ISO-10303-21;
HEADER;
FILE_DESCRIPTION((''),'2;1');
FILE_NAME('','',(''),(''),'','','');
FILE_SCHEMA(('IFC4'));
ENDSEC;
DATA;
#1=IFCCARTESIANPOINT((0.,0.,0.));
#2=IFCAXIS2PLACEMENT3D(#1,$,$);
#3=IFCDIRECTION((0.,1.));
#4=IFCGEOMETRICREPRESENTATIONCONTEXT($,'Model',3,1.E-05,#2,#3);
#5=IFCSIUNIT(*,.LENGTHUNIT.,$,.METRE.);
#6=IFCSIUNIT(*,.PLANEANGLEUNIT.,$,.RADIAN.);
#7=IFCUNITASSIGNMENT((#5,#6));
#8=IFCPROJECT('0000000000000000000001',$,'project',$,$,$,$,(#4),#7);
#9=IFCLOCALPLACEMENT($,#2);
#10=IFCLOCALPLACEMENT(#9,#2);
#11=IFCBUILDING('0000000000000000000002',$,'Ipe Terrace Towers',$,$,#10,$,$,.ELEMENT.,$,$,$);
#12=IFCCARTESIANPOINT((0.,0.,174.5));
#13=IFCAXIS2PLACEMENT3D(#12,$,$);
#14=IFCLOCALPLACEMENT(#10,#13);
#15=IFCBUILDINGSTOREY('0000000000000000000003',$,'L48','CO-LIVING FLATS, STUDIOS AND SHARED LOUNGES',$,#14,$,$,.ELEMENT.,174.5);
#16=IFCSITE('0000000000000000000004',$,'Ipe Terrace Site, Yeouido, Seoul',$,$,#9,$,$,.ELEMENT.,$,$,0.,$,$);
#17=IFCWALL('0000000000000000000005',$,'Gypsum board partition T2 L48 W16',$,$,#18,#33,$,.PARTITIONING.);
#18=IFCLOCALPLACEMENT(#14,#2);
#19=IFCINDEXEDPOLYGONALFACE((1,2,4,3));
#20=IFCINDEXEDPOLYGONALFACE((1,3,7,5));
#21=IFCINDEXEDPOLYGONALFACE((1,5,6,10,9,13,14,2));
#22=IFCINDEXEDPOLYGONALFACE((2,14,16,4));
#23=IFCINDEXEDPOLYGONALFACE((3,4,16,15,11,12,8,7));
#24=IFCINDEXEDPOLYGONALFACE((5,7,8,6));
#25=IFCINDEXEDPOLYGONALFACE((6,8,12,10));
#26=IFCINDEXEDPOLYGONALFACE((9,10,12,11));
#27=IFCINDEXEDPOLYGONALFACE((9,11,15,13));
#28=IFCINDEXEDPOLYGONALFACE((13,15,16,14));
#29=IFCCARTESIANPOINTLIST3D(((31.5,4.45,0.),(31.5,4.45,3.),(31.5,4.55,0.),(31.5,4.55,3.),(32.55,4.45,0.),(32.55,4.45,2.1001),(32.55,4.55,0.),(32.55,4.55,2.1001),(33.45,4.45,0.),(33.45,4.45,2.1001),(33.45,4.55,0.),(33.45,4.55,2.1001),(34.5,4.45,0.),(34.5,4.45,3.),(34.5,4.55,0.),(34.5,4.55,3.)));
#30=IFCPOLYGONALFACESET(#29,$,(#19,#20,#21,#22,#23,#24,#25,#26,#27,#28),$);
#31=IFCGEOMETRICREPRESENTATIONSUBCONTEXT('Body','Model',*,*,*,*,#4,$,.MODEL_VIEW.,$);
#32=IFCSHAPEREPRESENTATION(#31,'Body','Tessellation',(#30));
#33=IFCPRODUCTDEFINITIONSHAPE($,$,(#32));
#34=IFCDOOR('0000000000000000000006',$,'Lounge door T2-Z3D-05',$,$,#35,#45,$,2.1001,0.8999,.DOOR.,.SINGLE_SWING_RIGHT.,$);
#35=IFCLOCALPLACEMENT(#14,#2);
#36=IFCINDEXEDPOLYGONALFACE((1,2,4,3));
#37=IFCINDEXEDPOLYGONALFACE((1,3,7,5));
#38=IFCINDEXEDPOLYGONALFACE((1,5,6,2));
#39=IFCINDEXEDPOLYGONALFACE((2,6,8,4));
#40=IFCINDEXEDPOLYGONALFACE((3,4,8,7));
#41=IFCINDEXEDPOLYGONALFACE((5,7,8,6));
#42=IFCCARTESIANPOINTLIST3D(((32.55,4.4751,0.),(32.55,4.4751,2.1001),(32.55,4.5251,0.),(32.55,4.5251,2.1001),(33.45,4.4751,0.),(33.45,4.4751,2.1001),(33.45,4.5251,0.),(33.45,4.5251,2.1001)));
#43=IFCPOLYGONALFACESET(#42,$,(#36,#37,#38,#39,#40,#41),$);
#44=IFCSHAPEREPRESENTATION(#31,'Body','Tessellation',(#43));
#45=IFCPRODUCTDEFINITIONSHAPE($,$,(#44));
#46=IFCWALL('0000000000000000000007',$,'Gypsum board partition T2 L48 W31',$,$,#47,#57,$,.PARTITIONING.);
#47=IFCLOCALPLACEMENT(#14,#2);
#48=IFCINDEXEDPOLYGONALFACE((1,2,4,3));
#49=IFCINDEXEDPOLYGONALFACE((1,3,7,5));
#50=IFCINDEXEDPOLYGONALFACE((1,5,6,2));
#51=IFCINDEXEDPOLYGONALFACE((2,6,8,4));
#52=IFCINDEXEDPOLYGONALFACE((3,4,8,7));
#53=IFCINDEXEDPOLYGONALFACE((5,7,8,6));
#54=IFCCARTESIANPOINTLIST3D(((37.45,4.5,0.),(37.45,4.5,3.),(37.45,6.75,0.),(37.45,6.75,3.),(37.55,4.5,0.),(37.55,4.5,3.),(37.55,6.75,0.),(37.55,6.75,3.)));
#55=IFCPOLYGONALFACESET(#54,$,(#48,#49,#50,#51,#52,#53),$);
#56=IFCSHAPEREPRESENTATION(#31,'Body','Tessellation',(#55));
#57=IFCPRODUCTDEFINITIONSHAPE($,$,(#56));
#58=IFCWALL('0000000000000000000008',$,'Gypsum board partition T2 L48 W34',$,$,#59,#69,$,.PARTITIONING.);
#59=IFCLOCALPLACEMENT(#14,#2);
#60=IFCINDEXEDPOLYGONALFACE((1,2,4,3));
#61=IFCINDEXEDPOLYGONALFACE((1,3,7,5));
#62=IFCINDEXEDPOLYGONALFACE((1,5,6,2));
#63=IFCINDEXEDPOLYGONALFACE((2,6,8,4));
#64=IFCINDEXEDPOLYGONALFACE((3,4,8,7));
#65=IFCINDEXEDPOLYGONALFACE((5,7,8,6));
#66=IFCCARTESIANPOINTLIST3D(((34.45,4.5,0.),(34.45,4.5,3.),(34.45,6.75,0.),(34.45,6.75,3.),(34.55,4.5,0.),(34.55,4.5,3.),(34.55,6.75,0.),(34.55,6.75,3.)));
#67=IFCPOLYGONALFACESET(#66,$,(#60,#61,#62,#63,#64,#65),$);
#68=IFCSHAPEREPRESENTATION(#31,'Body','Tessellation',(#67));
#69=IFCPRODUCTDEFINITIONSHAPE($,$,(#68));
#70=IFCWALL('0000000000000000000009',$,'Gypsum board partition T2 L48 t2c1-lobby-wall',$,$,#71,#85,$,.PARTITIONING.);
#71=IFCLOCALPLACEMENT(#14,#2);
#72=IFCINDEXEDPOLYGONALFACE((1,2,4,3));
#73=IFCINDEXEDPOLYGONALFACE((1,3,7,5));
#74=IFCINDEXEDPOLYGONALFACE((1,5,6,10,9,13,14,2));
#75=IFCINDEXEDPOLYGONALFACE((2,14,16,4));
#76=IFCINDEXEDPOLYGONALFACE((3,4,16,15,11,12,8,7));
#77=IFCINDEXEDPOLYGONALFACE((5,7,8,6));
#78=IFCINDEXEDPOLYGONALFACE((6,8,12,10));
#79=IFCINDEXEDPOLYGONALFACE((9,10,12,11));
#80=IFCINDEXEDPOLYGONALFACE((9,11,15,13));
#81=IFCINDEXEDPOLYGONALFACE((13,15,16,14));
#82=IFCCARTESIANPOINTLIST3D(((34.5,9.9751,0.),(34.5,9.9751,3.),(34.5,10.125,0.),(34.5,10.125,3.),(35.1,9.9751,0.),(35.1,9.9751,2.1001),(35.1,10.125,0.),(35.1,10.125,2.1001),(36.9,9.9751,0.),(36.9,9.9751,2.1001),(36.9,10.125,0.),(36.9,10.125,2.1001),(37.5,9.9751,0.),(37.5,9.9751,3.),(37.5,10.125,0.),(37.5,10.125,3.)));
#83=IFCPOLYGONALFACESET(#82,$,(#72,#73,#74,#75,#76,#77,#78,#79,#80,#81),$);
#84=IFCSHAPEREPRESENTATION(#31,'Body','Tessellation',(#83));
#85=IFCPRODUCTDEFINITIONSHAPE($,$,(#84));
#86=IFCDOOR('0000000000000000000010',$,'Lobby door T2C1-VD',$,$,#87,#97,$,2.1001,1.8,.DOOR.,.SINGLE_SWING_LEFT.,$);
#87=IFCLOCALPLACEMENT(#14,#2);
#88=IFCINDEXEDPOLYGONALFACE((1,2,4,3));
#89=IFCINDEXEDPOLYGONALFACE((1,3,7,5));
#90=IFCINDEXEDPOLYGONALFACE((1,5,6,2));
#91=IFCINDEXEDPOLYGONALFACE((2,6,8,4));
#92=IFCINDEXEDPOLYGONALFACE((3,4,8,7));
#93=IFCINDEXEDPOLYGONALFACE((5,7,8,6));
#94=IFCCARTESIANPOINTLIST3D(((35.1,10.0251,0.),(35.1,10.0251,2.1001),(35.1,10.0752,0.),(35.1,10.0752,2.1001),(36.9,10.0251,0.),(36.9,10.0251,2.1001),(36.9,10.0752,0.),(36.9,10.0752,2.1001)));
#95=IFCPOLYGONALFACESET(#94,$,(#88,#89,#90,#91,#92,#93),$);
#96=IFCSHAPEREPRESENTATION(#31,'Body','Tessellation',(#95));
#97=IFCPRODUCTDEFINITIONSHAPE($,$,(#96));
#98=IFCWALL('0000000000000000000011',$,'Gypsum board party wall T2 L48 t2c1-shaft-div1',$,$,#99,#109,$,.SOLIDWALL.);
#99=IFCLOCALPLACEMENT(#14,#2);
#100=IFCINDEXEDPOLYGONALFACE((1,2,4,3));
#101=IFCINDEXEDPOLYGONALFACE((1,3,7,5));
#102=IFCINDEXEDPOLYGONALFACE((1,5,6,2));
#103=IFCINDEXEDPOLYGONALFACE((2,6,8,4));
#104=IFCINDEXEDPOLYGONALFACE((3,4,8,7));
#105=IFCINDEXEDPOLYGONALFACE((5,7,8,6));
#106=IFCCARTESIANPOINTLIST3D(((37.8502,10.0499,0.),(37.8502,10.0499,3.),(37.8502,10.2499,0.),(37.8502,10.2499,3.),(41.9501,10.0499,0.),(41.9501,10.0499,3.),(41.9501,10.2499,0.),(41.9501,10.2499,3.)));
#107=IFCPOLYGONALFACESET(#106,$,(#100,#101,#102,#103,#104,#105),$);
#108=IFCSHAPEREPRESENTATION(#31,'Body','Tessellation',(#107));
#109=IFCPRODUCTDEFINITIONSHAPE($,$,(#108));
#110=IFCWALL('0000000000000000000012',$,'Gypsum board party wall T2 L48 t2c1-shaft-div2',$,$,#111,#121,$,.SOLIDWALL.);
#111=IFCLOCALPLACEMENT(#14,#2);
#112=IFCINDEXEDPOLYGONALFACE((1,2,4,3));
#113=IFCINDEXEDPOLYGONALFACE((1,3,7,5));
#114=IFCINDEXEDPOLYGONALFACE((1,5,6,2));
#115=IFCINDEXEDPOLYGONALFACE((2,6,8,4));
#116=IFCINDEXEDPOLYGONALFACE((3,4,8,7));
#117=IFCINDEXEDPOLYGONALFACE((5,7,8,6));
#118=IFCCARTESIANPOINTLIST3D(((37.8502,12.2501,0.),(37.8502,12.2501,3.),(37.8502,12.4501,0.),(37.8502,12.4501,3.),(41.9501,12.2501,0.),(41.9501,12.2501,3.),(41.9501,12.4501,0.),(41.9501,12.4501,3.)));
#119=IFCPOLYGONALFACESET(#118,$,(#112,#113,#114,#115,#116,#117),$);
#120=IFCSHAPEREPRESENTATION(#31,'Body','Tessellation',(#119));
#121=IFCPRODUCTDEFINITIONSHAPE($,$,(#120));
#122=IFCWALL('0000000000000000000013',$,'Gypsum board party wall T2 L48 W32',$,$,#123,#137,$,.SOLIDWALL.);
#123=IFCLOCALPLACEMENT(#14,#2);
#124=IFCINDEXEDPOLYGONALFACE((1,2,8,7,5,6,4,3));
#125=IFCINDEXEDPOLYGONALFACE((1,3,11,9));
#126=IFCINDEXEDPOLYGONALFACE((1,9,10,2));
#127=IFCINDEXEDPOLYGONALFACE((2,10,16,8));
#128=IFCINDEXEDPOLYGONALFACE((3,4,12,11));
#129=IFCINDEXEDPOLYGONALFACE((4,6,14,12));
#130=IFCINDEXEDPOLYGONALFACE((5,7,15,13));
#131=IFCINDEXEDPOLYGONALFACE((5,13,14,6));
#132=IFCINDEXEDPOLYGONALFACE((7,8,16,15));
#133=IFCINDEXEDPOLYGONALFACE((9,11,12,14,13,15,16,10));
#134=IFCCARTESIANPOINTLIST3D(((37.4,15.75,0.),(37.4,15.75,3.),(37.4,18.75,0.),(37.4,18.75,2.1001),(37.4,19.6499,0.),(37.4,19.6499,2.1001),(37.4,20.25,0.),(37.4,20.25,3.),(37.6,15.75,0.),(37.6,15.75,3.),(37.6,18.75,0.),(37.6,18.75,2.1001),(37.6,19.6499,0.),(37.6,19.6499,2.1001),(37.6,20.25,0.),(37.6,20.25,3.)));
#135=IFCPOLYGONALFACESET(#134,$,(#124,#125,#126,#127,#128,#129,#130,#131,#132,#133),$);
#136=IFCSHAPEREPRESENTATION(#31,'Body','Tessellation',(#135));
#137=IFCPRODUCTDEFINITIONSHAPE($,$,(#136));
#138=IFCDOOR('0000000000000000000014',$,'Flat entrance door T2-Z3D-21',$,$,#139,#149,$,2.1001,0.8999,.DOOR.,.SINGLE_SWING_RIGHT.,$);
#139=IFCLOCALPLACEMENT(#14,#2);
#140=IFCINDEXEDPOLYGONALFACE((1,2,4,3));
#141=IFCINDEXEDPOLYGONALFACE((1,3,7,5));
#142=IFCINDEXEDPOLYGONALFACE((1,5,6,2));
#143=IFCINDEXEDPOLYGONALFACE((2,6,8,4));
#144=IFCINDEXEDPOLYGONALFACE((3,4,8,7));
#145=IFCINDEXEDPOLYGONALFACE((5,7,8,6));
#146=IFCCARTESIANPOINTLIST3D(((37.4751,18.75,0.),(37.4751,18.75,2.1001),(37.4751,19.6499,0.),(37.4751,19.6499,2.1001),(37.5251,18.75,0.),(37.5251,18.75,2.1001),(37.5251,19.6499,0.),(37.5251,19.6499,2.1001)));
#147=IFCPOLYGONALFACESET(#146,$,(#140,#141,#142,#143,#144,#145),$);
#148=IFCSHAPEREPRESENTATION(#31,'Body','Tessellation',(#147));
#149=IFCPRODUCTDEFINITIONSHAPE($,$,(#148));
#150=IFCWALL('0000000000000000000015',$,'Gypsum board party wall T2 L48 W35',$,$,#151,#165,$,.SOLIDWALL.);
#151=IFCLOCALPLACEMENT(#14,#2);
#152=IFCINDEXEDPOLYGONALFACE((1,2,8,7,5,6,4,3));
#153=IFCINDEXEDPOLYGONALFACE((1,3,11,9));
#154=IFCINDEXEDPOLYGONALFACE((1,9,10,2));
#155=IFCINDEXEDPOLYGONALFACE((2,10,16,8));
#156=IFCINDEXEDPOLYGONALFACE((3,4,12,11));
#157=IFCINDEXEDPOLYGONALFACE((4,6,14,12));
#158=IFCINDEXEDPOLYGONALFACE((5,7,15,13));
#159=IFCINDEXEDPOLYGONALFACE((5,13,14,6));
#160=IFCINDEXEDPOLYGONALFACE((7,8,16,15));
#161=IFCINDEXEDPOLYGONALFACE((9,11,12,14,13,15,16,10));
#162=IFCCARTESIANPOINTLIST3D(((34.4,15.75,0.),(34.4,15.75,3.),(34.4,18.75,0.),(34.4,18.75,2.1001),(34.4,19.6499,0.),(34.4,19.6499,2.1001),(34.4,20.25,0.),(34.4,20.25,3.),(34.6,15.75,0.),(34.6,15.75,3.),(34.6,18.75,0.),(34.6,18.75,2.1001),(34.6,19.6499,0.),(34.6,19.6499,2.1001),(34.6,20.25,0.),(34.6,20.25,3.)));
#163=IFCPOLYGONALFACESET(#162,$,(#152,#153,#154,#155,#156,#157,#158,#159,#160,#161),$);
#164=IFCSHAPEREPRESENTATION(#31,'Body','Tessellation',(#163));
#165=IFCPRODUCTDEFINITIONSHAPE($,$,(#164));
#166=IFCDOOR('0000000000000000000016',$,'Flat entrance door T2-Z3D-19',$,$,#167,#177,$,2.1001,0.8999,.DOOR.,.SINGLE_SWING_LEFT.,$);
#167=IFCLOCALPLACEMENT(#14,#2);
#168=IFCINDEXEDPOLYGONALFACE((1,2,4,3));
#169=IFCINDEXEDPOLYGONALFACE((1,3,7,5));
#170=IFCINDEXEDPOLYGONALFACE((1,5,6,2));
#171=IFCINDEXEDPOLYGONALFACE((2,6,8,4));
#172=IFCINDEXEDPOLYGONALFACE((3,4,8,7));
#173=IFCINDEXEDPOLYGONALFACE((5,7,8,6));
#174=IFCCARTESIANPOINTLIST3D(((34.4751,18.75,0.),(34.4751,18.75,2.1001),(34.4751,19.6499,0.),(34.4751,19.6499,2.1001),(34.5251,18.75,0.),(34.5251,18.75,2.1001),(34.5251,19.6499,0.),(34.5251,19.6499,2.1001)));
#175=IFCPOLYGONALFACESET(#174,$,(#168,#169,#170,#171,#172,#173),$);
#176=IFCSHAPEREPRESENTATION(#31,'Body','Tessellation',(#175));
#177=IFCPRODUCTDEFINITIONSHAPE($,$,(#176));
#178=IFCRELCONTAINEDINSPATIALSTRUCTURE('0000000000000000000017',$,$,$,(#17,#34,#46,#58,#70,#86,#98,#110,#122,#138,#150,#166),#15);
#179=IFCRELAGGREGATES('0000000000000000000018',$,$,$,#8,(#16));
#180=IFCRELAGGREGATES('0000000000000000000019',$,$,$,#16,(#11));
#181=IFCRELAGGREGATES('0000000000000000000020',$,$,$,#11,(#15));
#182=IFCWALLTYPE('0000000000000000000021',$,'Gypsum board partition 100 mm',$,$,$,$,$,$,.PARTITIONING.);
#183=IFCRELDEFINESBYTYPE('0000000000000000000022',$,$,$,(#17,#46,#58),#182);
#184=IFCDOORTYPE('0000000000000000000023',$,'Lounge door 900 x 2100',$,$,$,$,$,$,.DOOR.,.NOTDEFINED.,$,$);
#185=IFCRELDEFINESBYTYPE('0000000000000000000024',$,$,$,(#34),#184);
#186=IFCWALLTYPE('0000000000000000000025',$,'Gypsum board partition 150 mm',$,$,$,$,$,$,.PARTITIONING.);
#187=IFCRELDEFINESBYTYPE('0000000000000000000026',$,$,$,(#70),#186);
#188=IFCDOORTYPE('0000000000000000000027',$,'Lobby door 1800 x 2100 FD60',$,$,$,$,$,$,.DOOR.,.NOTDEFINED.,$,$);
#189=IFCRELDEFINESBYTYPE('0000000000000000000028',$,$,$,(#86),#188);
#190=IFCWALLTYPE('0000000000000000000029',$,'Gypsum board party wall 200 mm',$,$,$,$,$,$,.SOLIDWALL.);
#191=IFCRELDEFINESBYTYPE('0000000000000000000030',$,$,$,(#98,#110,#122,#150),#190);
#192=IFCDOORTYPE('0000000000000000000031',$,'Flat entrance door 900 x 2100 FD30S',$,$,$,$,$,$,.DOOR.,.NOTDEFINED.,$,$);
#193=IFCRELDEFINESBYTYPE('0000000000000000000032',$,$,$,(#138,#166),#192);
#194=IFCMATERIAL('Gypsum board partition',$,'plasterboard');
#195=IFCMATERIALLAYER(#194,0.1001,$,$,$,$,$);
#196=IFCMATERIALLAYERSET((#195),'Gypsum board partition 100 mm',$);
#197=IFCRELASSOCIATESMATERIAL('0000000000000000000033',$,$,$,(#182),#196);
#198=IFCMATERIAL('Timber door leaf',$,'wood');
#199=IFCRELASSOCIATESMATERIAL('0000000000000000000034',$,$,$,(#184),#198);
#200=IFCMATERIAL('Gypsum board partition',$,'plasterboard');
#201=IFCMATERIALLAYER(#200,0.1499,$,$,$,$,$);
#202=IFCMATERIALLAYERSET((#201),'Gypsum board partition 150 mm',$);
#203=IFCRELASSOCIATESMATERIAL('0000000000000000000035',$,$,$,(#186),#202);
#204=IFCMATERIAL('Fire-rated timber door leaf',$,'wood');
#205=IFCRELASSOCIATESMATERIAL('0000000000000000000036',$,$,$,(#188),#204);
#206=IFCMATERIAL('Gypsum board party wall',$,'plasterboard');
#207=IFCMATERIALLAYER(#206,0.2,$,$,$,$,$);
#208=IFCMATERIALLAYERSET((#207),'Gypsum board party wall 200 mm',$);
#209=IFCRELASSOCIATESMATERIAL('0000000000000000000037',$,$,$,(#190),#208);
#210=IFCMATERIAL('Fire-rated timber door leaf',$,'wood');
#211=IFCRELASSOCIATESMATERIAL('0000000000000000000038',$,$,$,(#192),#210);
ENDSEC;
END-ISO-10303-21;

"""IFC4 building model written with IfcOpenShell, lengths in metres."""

from ifc_helpers import new_model, si_unit, direction, frame, frame_2d, origin, place, context, subcontext, project, spatial, rectangle, extrude, material, layer, layer_set, type_object, element, fill, save


model = new_model("IFC4")

# Units and contexts
model_context = context("Model", 3, precision=1e-05, world=origin(), true_north=direction((0.0, 1.0)))
body_context = subcontext(model_context, "Body", "Model", "MODEL_VIEW")
ifc_project = project(units=[si_unit("LENGTHUNIT", "METRE"), si_unit("PLANEANGLEUNIT", "RADIAN")], contexts=[model_context])

# Site, building, storey
site_placement = place(None, origin())
site = spatial("IfcSite", under=ifc_project, at=site_placement, Name="Ipe Terrace Site, Yeouido, Seoul", CompositionType="ELEMENT", RefElevation=0.0)
building_placement = place(site_placement, origin())
building = spatial("IfcBuilding", under=site, at=building_placement, Name="Ipe Terrace Towers", CompositionType="ELEMENT")
storey_placement = place(building_placement, frame((0.0, 0.0, 174.5)))
storey = spatial("IfcBuildingStorey", under=building, at=storey_placement, Name="L48", Description="CO-LIVING FLATS, STUDIOS AND SHARED LOUNGES", CompositionType="ELEMENT", Elevation=174.5)

# Wall, opening, door
ifc_material_1 = material(Name="Gypsum board partition", Category="plasterboard")
ifc_layer_1 = layer(ifc_material_1, 0.1001)
ifc_layer_set_1 = layer_set([ifc_layer_1], Name="Gypsum board partition 100 mm")
wall_type_1 = type_object("IfcWallType", Name="Gypsum board partition 100 mm", PredefinedType="PARTITIONING", material=ifc_layer_set_1)
wall_1_placement = place(storey_placement, frame((34.5, 4.5, 0.0), z_axis=(0.0, 0.0, 1.0), x_axis=(-1.0, 0.0, 0.0)))
wall_1 = element("IfcWall", 1, at=wall_1_placement, inside=storey, type_object=wall_type_1, Name="Gypsum board partition T2 L48 W16", PredefinedType="PARTITIONING", context=body_context, shape_type="SweptSolid", body=[
    extrude(rectangle(XDim=3.0, YDim=0.1001, at=frame_2d((1.5, 0.0))), origin(), (0.0, 0.0, 1.0), 3.0),
])
opening_1_placement = place(wall_1_placement, frame((1.05, 0.0, 0.0)))
opening_1 = element("IfcOpeningElement", 2, at=opening_1_placement, cuts=wall_1, PredefinedType="OPENING", context=body_context, shape_type="SweptSolid", body=[
    extrude(rectangle(XDim=0.8999, YDim=2.1001, at=frame_2d((0.45, 1.05))), frame((0.0, 0.0601, 0.0), z_axis=(0.0, -1.0, 0.0), x_axis=(1.0, 0.0, 0.0)), (0.0, 0.0, 1.0), 0.1201),
])
ifc_material_2 = material(Name="Timber door leaf", Category="wood")
door_type_1 = type_object("IfcDoorType", Name="Lounge door 900 x 2100", OperationType="NOTDEFINED", PredefinedType="DOOR", material=ifc_material_2)
door_1_placement = place(opening_1_placement, origin())
door_1 = element("IfcDoor", 3, at=door_1_placement, inside=storey, type_object=door_type_1, Name="Lounge door T2-Z3D-05", OperationType="SINGLE_SWING_RIGHT", OverallHeight=2.1001, OverallWidth=0.8999, PredefinedType="DOOR", context=body_context, shape_type="SweptSolid", body=[
    extrude(rectangle(XDim=0.8999, YDim=2.1001, at=frame_2d((0.45, 1.05))), frame((0.0, 0.0249, 0.0), z_axis=(0.0, -1.0, 0.0), x_axis=(1.0, 0.0, 0.0)), (0.0, 0.0, 1.0), 0.05),
])
fill(opening_1, door_1)

# Walls
for number, where, z_axis, x_axis, name in (
    (4, (37.5, 4.5, 0.0), (0.0, 0.0, 1.0), (0.0, 1.0, 0.0), "Gypsum board partition T2 L48 W31"),
    (5, (34.5, 4.5, 0.0), (0.0, 0.0, 1.0), (0.0, 1.0, 0.0), "Gypsum board partition T2 L48 W34"),
):
    element("IfcWall", number, at=place(storey_placement, frame(where, z_axis=z_axis, x_axis=x_axis)), inside=storey, type_object=wall_type_1, Name=name, PredefinedType="PARTITIONING", context=body_context, shape_type="SweptSolid", body=[
        extrude(rectangle(XDim=2.25, YDim=0.1001, at=frame_2d((1.125, 0.0))), origin(), (0.0, 0.0, 1.0), 3.0),
    ])

# Wall, opening, door
ifc_material_3 = material(Name="Gypsum board partition", Category="plasterboard")
ifc_layer_2 = layer(ifc_material_3, 0.1499)
ifc_layer_set_2 = layer_set([ifc_layer_2], Name="Gypsum board partition 150 mm")
wall_type_2 = type_object("IfcWallType", Name="Gypsum board partition 150 mm", PredefinedType="PARTITIONING", material=ifc_layer_set_2)
wall_2_placement = place(storey_placement, frame((37.5, 10.05, 0.0), z_axis=(0.0, 0.0, 1.0), x_axis=(-1.0, 0.0, 0.0)))
wall_2 = element("IfcWall", 6, at=wall_2_placement, inside=storey, type_object=wall_type_2, Name="Gypsum board partition T2 L48 t2c1-lobby-wall", PredefinedType="PARTITIONING", context=body_context, shape_type="SweptSolid", body=[
    extrude(rectangle(XDim=3.0, YDim=0.1499, at=frame_2d((1.5, 0.0))), origin(), (0.0, 0.0, 1.0), 3.0),
])
opening_2_placement = place(wall_2_placement, frame((0.6001, 0.0, 0.0)))
opening_2 = element("IfcOpeningElement", 7, at=opening_2_placement, cuts=wall_2, PredefinedType="OPENING", context=body_context, shape_type="SweptSolid", body=[
    extrude(rectangle(XDim=1.8, YDim=2.1001, at=frame_2d((0.8999, 1.05))), frame((0.0, 0.085, 0.0), z_axis=(0.0, -1.0, 0.0), x_axis=(1.0, 0.0, 0.0)), (0.0, 0.0, 1.0), 0.1699),
])
ifc_material_4 = material(Name="Fire-rated timber door leaf", Category="wood")
door_type_2 = type_object("IfcDoorType", Name="Lobby door 1800 x 2100 FD60", OperationType="NOTDEFINED", PredefinedType="DOOR", material=ifc_material_4)
door_2_placement = place(opening_2_placement, origin())
door_2 = element("IfcDoor", 8, at=door_2_placement, inside=storey, type_object=door_type_2, Name="Lobby door T2C1-VD", OperationType="SINGLE_SWING_LEFT", OverallHeight=2.1001, OverallWidth=1.8, PredefinedType="DOOR", context=body_context, shape_type="SweptSolid", body=[
    extrude(rectangle(XDim=1.8, YDim=2.1001, at=frame_2d((0.8999, 1.05))), frame((0.0, 0.0249, 0.0), z_axis=(0.0, -1.0, 0.0), x_axis=(1.0, 0.0, 0.0)), (0.0, 0.0, 1.0), 0.05),
])
fill(opening_2, door_2)

# Walls
ifc_material_5 = material(Name="Gypsum board party wall", Category="plasterboard")
ifc_layer_3 = layer(ifc_material_5, 0.2)
ifc_layer_set_3 = layer_set([ifc_layer_3], Name="Gypsum board party wall 200 mm")
wall_type_3 = type_object("IfcWallType", Name="Gypsum board party wall 200 mm", PredefinedType="SOLIDWALL", material=ifc_layer_set_3)
for number, where, z_axis, x_axis, name in (
    (9, (41.95, 10.1499, 0.0), (0.0, 0.0, 1.0), (-1.0, 0.0, 0.0), "Gypsum board party wall T2 L48 t2c1-shaft-div1"),
    (10, (41.95, 12.3501, 0.0), (0.0, 0.0, 1.0), (-1.0, 0.0, 0.0), "Gypsum board party wall T2 L48 t2c1-shaft-div2"),
):
    element("IfcWall", number, at=place(storey_placement, frame(where, z_axis=z_axis, x_axis=x_axis)), inside=storey, type_object=wall_type_3, Name=name, PredefinedType="SOLIDWALL", context=body_context, shape_type="SweptSolid", body=[
        extrude(rectangle(XDim=4.0999, YDim=0.2, at=frame_2d((2.0498, 0.0))), origin(), (0.0, 0.0, 1.0), 3.0),
    ])

# Walls, openings, doors
wall_3_placement = place(storey_placement, frame((37.5, 15.75, 0.0), z_axis=(0.0, 0.0, 1.0), x_axis=(0.0, 1.0, 0.0)))
wall_3 = element("IfcWall", 11, at=wall_3_placement, inside=storey, type_object=wall_type_3, Name="Gypsum board party wall T2 L48 W32", PredefinedType="SOLIDWALL", context=body_context, shape_type="SweptSolid", body=[
    extrude(rectangle(XDim=4.5, YDim=0.2, at=frame_2d((2.25, 0.0))), origin(), (0.0, 0.0, 1.0), 3.0),
])
opening_3_placement = place(wall_3_placement, frame((3.0, 0.0, 0.0)))
opening_3 = element("IfcOpeningElement", 12, at=opening_3_placement, cuts=wall_3, PredefinedType="OPENING", context=body_context, shape_type="SweptSolid", body=[
    extrude(rectangle(XDim=0.8999, YDim=2.1001, at=frame_2d((0.45, 1.05))), frame((0.0, 0.1099, 0.0), z_axis=(0.0, -1.0, 0.0), x_axis=(1.0, 0.0, 0.0)), (0.0, 0.0, 1.0), 0.22),
])
ifc_material_6 = material(Name="Fire-rated timber door leaf", Category="wood")
door_type_3 = type_object("IfcDoorType", Name="Flat entrance door 900 x 2100 FD30S", OperationType="NOTDEFINED", PredefinedType="DOOR", material=ifc_material_6)
door_3_placement = place(opening_3_placement, origin())
door_3 = element("IfcDoor", 13, at=door_3_placement, inside=storey, type_object=door_type_3, Name="Flat entrance door T2-Z3D-21", OperationType="SINGLE_SWING_RIGHT", OverallHeight=2.1001, OverallWidth=0.8999, PredefinedType="DOOR", context=body_context, shape_type="SweptSolid", body=[
    extrude(rectangle(XDim=0.8999, YDim=2.1001, at=frame_2d((0.45, 1.05))), frame((0.0, 0.0249, 0.0), z_axis=(0.0, -1.0, 0.0), x_axis=(1.0, 0.0, 0.0)), (0.0, 0.0, 1.0), 0.05),
])
fill(opening_3, door_3)
wall_4_placement = place(storey_placement, frame((34.5, 15.75, 0.0), z_axis=(0.0, 0.0, 1.0), x_axis=(0.0, 1.0, 0.0)))
wall_4 = element("IfcWall", 14, at=wall_4_placement, inside=storey, type_object=wall_type_3, Name="Gypsum board party wall T2 L48 W35", PredefinedType="SOLIDWALL", context=body_context, shape_type="SweptSolid", body=[
    extrude(rectangle(XDim=4.5, YDim=0.2, at=frame_2d((2.25, 0.0))), origin(), (0.0, 0.0, 1.0), 3.0),
])
opening_4_placement = place(wall_4_placement, frame((3.0, 0.0, 0.0)))
opening_4 = element("IfcOpeningElement", 15, at=opening_4_placement, cuts=wall_4, PredefinedType="OPENING", context=body_context, shape_type="SweptSolid", body=[
    extrude(rectangle(XDim=0.8999, YDim=2.1001, at=frame_2d((0.45, 1.05))), frame((0.0, 0.1099, 0.0), z_axis=(0.0, -1.0, 0.0), x_axis=(1.0, 0.0, 0.0)), (0.0, 0.0, 1.0), 0.22),
])
door_4_placement = place(opening_4_placement, origin())
door_4 = element("IfcDoor", 16, at=door_4_placement, inside=storey, type_object=door_type_3, Name="Flat entrance door T2-Z3D-19", OperationType="SINGLE_SWING_LEFT", OverallHeight=2.1001, OverallWidth=0.8999, PredefinedType="DOOR", context=body_context, shape_type="SweptSolid", body=[
    extrude(rectangle(XDim=0.8999, YDim=2.1001, at=frame_2d((0.45, 1.05))), frame((0.0, 0.0249, 0.0), z_axis=(0.0, -1.0, 0.0), x_axis=(1.0, 0.0, 0.0)), (0.0, 0.0, 1.0), 0.05),
])
fill(opening_4, door_4)

save(model, "model.ifc")
